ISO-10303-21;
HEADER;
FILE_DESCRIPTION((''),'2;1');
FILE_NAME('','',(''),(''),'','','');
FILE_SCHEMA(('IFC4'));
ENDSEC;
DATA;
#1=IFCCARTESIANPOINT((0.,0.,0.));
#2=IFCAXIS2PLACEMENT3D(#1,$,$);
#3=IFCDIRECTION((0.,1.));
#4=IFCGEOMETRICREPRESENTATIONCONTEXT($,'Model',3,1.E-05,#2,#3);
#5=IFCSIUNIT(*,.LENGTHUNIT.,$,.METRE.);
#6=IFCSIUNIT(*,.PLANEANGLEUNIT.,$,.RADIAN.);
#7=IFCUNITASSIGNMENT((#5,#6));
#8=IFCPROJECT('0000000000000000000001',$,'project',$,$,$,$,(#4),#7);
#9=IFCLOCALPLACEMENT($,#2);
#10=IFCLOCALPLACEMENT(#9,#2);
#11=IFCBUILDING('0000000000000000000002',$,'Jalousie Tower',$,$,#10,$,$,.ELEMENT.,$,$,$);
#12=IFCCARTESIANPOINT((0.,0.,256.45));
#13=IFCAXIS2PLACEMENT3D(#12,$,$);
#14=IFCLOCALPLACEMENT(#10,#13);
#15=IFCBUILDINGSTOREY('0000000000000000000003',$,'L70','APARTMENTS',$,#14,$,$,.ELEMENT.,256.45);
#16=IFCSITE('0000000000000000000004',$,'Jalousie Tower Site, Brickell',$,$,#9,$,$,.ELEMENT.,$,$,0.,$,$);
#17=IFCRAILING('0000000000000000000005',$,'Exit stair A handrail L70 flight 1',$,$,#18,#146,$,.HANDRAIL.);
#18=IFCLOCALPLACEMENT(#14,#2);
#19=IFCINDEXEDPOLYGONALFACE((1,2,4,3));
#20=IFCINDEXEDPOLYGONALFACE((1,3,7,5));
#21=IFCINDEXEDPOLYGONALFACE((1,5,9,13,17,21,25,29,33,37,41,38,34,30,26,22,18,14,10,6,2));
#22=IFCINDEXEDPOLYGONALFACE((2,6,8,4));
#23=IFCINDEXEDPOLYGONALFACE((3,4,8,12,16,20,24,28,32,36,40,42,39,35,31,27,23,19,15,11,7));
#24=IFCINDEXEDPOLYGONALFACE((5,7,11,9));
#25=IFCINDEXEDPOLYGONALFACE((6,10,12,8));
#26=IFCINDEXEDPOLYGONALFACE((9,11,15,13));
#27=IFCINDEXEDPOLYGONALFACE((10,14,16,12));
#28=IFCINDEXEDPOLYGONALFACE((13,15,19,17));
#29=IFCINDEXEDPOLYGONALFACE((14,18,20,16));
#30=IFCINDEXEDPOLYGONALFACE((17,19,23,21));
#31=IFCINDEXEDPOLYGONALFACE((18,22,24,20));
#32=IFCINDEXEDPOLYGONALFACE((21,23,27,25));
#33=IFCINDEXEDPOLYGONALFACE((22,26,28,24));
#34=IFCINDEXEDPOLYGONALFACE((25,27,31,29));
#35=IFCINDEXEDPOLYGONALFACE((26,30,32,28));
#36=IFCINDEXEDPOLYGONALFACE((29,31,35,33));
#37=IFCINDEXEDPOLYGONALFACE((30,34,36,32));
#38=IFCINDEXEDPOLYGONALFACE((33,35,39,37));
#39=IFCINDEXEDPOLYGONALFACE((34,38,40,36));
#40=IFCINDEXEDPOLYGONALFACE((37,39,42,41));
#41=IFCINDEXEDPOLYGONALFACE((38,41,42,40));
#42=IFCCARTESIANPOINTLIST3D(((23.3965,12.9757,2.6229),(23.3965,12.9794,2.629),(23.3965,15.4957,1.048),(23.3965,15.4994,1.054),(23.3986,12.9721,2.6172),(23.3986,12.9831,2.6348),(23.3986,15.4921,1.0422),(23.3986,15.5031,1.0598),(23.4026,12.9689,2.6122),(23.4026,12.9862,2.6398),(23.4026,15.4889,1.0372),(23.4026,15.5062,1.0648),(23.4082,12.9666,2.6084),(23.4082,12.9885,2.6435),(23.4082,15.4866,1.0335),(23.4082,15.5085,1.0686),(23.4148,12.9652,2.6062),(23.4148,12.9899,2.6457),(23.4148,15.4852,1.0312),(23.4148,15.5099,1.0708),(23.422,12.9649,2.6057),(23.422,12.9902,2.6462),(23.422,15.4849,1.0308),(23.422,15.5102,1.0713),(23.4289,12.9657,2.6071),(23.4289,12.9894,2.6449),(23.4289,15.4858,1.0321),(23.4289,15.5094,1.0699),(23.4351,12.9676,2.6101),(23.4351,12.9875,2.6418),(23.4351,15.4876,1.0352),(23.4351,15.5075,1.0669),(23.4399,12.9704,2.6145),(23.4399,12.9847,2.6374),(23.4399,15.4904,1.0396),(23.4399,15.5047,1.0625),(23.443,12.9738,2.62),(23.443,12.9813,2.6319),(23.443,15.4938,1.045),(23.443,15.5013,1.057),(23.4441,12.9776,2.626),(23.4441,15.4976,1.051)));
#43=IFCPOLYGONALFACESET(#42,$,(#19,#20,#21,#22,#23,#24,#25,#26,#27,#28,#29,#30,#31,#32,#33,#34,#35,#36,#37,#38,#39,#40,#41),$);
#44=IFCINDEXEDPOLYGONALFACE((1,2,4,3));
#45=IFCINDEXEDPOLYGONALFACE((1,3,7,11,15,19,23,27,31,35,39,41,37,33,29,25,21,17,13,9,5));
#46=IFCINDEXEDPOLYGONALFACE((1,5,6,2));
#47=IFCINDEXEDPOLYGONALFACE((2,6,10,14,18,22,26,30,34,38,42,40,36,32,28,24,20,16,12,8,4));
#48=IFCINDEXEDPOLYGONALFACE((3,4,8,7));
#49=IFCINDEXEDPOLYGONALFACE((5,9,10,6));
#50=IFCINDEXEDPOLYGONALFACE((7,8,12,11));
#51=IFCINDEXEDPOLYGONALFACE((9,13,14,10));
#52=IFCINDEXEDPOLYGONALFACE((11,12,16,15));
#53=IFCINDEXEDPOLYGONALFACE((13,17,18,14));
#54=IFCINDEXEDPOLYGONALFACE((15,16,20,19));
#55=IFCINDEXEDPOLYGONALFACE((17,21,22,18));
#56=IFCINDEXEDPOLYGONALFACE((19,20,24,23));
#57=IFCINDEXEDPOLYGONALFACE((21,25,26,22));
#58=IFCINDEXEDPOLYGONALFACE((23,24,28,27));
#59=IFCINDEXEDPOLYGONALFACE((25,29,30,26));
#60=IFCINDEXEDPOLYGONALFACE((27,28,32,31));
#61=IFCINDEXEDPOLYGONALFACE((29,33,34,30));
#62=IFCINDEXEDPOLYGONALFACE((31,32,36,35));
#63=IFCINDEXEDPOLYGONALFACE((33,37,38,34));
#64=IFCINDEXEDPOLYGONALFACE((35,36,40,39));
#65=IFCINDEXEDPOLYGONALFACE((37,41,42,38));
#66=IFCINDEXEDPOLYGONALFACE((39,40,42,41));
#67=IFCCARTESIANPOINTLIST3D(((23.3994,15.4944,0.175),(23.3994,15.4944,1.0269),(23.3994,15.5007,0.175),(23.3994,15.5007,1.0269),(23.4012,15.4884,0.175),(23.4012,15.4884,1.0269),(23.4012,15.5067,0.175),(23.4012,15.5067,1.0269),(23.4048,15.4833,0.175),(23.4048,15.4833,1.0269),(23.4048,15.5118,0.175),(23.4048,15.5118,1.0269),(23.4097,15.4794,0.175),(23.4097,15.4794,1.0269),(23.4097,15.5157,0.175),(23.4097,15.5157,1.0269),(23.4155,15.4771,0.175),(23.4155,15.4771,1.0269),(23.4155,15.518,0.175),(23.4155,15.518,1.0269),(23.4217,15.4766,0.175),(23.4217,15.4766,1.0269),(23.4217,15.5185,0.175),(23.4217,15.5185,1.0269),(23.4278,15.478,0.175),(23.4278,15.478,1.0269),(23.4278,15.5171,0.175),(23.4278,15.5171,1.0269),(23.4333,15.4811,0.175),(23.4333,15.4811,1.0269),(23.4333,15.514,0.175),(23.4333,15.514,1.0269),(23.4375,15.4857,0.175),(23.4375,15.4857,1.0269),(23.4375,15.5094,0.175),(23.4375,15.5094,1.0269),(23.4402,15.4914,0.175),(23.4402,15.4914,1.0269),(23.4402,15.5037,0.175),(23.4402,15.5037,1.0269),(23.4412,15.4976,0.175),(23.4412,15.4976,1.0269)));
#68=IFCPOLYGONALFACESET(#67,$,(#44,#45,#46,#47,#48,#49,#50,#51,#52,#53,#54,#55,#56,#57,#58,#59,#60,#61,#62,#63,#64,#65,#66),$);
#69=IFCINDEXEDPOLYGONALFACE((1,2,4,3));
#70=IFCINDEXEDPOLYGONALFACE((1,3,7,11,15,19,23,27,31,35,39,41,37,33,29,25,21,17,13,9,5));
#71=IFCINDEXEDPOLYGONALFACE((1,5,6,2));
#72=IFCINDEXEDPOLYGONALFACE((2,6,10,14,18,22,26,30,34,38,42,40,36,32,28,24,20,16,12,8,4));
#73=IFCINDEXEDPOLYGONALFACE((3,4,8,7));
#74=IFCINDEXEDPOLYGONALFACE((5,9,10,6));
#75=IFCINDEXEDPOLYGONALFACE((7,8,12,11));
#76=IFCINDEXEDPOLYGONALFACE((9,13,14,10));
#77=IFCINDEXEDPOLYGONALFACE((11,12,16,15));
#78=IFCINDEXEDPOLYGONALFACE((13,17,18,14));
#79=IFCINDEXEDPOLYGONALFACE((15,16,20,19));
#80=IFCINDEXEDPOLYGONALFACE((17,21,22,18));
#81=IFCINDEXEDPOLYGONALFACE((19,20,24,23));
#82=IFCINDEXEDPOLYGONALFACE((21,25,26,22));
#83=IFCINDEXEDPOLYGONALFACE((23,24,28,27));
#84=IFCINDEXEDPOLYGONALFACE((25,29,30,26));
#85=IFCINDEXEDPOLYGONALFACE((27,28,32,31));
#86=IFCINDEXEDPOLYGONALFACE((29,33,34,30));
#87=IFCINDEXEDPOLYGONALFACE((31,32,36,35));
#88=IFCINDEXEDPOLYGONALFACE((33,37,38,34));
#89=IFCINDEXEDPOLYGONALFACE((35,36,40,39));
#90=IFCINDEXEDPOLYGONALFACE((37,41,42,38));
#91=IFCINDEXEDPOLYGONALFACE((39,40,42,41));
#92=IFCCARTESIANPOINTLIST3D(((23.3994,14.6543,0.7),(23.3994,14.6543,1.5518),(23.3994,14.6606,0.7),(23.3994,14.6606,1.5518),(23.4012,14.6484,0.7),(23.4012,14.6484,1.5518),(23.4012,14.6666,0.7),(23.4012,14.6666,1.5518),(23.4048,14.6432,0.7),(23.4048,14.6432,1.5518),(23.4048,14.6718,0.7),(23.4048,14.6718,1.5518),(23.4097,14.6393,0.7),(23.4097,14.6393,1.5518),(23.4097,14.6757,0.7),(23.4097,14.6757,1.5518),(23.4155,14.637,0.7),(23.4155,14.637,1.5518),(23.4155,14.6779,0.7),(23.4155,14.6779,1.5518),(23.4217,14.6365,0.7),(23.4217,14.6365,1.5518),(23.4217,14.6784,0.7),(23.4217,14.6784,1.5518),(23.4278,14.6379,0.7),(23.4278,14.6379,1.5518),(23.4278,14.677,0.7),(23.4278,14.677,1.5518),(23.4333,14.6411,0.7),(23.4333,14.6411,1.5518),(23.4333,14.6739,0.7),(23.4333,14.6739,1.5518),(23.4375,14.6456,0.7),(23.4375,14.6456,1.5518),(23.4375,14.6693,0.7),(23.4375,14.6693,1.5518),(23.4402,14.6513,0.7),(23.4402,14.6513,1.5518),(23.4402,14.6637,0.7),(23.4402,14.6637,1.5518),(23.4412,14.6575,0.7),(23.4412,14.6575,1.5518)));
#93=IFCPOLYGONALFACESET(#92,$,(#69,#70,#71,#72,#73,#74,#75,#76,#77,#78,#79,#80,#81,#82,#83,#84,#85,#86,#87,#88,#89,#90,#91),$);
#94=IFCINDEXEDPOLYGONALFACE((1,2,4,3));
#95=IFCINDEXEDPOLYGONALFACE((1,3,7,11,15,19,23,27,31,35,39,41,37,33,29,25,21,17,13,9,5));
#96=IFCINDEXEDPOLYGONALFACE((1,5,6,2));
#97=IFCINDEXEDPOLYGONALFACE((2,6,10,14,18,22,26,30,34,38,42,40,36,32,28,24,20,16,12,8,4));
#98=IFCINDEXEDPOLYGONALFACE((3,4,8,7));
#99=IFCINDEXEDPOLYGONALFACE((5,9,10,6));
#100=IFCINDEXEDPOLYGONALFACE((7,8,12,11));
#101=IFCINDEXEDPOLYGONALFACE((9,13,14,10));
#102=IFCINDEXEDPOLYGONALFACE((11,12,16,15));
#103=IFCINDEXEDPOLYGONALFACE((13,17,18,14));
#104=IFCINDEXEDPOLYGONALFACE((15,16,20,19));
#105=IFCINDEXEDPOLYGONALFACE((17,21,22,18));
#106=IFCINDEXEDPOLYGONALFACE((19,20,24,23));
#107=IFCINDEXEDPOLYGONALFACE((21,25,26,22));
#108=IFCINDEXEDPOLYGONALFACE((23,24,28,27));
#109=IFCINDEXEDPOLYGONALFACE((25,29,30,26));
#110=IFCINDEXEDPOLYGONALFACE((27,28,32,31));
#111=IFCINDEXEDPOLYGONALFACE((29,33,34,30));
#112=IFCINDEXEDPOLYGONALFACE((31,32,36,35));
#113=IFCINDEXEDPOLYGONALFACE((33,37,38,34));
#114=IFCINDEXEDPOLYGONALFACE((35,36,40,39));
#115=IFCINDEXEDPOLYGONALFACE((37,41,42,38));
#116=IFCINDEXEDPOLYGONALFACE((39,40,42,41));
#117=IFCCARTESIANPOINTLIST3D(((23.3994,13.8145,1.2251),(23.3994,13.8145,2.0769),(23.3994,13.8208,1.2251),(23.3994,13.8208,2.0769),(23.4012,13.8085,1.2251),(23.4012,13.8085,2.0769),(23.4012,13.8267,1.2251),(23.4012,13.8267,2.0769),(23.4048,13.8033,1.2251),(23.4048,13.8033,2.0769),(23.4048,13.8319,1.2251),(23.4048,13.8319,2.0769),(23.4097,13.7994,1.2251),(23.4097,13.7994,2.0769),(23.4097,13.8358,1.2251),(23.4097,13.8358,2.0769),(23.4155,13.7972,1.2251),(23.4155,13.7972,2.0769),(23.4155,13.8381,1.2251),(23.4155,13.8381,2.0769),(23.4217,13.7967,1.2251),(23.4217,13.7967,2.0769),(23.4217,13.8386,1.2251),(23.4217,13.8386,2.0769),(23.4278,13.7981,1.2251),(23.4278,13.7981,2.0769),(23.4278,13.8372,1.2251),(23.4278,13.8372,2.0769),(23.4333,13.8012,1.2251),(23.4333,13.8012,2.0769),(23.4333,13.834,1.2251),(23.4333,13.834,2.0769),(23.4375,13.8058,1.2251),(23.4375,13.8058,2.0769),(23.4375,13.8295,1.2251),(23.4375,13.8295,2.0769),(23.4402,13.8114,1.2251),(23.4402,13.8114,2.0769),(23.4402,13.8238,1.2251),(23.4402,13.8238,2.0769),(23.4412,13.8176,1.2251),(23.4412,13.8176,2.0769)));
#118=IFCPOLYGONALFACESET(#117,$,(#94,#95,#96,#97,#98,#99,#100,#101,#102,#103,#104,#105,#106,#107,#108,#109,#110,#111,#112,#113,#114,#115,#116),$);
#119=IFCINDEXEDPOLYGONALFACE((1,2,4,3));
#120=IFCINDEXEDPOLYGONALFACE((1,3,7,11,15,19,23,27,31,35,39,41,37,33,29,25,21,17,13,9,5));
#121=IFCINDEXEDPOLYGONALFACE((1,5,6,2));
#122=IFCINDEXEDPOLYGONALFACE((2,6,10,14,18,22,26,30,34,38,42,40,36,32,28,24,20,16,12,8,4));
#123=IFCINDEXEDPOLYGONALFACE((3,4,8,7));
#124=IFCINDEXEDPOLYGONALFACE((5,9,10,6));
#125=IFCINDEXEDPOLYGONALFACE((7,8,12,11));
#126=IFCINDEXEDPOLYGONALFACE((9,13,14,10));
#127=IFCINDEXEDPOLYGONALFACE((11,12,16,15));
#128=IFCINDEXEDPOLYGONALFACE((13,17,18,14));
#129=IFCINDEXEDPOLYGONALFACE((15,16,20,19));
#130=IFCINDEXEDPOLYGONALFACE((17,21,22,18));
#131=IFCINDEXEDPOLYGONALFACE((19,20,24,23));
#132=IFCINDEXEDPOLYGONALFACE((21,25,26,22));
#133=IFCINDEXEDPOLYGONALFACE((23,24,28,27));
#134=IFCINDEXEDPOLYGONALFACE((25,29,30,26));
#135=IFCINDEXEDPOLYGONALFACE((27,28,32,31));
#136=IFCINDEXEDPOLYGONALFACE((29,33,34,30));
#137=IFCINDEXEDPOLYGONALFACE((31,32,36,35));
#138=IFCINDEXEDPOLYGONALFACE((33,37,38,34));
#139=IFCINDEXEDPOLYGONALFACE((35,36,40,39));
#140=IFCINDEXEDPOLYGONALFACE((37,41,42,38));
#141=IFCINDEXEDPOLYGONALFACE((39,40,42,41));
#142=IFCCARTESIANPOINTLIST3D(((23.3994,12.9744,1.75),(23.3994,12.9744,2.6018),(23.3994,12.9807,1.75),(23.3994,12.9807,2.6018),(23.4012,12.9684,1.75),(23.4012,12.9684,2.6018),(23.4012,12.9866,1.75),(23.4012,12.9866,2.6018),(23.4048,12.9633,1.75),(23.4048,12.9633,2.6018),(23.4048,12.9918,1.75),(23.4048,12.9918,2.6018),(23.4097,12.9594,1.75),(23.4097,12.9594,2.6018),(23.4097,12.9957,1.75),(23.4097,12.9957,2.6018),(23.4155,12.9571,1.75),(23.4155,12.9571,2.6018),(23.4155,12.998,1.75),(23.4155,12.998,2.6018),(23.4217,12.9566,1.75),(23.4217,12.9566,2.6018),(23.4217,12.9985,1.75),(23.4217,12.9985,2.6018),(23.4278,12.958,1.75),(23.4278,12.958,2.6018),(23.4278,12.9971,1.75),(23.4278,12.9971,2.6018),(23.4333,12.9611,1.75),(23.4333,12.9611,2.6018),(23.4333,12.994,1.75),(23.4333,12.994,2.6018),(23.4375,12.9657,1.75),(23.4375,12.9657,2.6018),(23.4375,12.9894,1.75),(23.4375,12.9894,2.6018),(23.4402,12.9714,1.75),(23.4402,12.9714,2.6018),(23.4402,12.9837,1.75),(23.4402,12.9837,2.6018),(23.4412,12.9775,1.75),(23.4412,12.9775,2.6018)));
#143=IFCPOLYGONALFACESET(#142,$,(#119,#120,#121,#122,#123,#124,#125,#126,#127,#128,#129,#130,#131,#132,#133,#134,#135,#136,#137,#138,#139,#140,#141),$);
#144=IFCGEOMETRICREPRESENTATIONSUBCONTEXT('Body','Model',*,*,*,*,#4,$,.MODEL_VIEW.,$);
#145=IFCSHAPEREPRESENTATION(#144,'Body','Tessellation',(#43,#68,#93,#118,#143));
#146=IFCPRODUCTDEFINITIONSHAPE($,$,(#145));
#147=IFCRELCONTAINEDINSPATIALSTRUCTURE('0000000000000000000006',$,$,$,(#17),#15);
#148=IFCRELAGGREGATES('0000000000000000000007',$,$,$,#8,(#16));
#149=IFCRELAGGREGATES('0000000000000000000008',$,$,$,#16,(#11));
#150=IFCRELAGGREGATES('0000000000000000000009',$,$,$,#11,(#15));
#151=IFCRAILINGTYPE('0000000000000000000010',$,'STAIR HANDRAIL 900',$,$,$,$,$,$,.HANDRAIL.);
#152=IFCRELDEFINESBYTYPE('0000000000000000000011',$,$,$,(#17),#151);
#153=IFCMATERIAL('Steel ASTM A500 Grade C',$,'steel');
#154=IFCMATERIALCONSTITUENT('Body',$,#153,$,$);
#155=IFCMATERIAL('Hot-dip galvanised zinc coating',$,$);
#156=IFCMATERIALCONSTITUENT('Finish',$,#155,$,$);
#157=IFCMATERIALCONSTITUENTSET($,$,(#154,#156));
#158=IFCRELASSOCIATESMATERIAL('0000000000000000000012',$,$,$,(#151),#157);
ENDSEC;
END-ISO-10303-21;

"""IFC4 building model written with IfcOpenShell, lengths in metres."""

from ifc_helpers import new_model, si_unit, direction, frame, origin, origin_2d, place, context, subcontext, project, spatial, circle, extrude, material, constituent, constituent_set, type_object, element, save


model = new_model("IFC4")

# Units and contexts
model_context = context("Model", 3, precision=1e-05, world=origin(), true_north=direction((0.0, 1.0)))
body_context = subcontext(model_context, "Body", "Model", "MODEL_VIEW")
ifc_project = project(units=[si_unit("LENGTHUNIT", "METRE"), si_unit("PLANEANGLEUNIT", "RADIAN")], contexts=[model_context])

# Site, building, storey
site_placement = place(None, origin())
site = spatial("IfcSite", under=ifc_project, at=site_placement, Name="Jalousie Tower Site, Brickell", CompositionType="ELEMENT", RefElevation=0.0)
building_placement = place(site_placement, origin())
building = spatial("IfcBuilding", under=site, at=building_placement, Name="Jalousie Tower", CompositionType="ELEMENT")
storey_placement = place(building_placement, frame((0.0, 0.0, 256.45)))
storey = spatial("IfcBuildingStorey", under=building, at=storey_placement, Name="L70", Description="APARTMENTS", CompositionType="ELEMENT", Elevation=256.45)

# Railing
ifc_material_1 = material(Name="Steel ASTM A500 Grade C", Category="steel")
ifc_constituent_1 = constituent(ifc_material_1, Name="Body")
ifc_material_2 = material(Name="Hot-dip galvanised zinc coating")
ifc_constituent_2 = constituent(ifc_material_2, Name="Finish")
ifc_constituent_set_1 = constituent_set(constituents=[ifc_constituent_1, ifc_constituent_2])
railing_type = type_object("IfcRailingType", Name="STAIR HANDRAIL 900", PredefinedType="HANDRAIL", material=ifc_constituent_set_1)
railing_placement = place(storey_placement, frame((23.4202, 15.4976, 0.175)))
element("IfcRailing", 1, at=railing_placement, inside=storey, type_object=railing_type, Name="Exit stair A handrail L70 flight 1", PredefinedType="HANDRAIL", context=body_context, shape_type="SweptSolid", body=[
    extrude(circle(Radius=0.0239, at=origin_2d()), frame((0.0, 0.0, 0.876), z_axis=(0.0, -0.848008, 0.529984), x_axis=(1.0, 0.0, 0.0)), (0.0, 0.0, 1.0), 2.9717),
    extrude(circle(Radius=0.021, at=origin_2d()), origin(), (0.0, 0.0, 1.0), 0.8518),
    extrude(circle(Radius=0.021, at=origin_2d()), frame((0.0, -0.8401, 0.5249)), (0.0, 0.0, 1.0), 0.8518),
    extrude(circle(Radius=0.021, at=origin_2d()), frame((0.0, -1.6799, 1.05)), (0.0, 0.0, 1.0), 0.8518),
    extrude(circle(Radius=0.021, at=origin_2d()), frame((0.0, -2.52, 1.575)), (0.0, 0.0, 1.0), 0.8518),
])

save(model, "model.ifc")
